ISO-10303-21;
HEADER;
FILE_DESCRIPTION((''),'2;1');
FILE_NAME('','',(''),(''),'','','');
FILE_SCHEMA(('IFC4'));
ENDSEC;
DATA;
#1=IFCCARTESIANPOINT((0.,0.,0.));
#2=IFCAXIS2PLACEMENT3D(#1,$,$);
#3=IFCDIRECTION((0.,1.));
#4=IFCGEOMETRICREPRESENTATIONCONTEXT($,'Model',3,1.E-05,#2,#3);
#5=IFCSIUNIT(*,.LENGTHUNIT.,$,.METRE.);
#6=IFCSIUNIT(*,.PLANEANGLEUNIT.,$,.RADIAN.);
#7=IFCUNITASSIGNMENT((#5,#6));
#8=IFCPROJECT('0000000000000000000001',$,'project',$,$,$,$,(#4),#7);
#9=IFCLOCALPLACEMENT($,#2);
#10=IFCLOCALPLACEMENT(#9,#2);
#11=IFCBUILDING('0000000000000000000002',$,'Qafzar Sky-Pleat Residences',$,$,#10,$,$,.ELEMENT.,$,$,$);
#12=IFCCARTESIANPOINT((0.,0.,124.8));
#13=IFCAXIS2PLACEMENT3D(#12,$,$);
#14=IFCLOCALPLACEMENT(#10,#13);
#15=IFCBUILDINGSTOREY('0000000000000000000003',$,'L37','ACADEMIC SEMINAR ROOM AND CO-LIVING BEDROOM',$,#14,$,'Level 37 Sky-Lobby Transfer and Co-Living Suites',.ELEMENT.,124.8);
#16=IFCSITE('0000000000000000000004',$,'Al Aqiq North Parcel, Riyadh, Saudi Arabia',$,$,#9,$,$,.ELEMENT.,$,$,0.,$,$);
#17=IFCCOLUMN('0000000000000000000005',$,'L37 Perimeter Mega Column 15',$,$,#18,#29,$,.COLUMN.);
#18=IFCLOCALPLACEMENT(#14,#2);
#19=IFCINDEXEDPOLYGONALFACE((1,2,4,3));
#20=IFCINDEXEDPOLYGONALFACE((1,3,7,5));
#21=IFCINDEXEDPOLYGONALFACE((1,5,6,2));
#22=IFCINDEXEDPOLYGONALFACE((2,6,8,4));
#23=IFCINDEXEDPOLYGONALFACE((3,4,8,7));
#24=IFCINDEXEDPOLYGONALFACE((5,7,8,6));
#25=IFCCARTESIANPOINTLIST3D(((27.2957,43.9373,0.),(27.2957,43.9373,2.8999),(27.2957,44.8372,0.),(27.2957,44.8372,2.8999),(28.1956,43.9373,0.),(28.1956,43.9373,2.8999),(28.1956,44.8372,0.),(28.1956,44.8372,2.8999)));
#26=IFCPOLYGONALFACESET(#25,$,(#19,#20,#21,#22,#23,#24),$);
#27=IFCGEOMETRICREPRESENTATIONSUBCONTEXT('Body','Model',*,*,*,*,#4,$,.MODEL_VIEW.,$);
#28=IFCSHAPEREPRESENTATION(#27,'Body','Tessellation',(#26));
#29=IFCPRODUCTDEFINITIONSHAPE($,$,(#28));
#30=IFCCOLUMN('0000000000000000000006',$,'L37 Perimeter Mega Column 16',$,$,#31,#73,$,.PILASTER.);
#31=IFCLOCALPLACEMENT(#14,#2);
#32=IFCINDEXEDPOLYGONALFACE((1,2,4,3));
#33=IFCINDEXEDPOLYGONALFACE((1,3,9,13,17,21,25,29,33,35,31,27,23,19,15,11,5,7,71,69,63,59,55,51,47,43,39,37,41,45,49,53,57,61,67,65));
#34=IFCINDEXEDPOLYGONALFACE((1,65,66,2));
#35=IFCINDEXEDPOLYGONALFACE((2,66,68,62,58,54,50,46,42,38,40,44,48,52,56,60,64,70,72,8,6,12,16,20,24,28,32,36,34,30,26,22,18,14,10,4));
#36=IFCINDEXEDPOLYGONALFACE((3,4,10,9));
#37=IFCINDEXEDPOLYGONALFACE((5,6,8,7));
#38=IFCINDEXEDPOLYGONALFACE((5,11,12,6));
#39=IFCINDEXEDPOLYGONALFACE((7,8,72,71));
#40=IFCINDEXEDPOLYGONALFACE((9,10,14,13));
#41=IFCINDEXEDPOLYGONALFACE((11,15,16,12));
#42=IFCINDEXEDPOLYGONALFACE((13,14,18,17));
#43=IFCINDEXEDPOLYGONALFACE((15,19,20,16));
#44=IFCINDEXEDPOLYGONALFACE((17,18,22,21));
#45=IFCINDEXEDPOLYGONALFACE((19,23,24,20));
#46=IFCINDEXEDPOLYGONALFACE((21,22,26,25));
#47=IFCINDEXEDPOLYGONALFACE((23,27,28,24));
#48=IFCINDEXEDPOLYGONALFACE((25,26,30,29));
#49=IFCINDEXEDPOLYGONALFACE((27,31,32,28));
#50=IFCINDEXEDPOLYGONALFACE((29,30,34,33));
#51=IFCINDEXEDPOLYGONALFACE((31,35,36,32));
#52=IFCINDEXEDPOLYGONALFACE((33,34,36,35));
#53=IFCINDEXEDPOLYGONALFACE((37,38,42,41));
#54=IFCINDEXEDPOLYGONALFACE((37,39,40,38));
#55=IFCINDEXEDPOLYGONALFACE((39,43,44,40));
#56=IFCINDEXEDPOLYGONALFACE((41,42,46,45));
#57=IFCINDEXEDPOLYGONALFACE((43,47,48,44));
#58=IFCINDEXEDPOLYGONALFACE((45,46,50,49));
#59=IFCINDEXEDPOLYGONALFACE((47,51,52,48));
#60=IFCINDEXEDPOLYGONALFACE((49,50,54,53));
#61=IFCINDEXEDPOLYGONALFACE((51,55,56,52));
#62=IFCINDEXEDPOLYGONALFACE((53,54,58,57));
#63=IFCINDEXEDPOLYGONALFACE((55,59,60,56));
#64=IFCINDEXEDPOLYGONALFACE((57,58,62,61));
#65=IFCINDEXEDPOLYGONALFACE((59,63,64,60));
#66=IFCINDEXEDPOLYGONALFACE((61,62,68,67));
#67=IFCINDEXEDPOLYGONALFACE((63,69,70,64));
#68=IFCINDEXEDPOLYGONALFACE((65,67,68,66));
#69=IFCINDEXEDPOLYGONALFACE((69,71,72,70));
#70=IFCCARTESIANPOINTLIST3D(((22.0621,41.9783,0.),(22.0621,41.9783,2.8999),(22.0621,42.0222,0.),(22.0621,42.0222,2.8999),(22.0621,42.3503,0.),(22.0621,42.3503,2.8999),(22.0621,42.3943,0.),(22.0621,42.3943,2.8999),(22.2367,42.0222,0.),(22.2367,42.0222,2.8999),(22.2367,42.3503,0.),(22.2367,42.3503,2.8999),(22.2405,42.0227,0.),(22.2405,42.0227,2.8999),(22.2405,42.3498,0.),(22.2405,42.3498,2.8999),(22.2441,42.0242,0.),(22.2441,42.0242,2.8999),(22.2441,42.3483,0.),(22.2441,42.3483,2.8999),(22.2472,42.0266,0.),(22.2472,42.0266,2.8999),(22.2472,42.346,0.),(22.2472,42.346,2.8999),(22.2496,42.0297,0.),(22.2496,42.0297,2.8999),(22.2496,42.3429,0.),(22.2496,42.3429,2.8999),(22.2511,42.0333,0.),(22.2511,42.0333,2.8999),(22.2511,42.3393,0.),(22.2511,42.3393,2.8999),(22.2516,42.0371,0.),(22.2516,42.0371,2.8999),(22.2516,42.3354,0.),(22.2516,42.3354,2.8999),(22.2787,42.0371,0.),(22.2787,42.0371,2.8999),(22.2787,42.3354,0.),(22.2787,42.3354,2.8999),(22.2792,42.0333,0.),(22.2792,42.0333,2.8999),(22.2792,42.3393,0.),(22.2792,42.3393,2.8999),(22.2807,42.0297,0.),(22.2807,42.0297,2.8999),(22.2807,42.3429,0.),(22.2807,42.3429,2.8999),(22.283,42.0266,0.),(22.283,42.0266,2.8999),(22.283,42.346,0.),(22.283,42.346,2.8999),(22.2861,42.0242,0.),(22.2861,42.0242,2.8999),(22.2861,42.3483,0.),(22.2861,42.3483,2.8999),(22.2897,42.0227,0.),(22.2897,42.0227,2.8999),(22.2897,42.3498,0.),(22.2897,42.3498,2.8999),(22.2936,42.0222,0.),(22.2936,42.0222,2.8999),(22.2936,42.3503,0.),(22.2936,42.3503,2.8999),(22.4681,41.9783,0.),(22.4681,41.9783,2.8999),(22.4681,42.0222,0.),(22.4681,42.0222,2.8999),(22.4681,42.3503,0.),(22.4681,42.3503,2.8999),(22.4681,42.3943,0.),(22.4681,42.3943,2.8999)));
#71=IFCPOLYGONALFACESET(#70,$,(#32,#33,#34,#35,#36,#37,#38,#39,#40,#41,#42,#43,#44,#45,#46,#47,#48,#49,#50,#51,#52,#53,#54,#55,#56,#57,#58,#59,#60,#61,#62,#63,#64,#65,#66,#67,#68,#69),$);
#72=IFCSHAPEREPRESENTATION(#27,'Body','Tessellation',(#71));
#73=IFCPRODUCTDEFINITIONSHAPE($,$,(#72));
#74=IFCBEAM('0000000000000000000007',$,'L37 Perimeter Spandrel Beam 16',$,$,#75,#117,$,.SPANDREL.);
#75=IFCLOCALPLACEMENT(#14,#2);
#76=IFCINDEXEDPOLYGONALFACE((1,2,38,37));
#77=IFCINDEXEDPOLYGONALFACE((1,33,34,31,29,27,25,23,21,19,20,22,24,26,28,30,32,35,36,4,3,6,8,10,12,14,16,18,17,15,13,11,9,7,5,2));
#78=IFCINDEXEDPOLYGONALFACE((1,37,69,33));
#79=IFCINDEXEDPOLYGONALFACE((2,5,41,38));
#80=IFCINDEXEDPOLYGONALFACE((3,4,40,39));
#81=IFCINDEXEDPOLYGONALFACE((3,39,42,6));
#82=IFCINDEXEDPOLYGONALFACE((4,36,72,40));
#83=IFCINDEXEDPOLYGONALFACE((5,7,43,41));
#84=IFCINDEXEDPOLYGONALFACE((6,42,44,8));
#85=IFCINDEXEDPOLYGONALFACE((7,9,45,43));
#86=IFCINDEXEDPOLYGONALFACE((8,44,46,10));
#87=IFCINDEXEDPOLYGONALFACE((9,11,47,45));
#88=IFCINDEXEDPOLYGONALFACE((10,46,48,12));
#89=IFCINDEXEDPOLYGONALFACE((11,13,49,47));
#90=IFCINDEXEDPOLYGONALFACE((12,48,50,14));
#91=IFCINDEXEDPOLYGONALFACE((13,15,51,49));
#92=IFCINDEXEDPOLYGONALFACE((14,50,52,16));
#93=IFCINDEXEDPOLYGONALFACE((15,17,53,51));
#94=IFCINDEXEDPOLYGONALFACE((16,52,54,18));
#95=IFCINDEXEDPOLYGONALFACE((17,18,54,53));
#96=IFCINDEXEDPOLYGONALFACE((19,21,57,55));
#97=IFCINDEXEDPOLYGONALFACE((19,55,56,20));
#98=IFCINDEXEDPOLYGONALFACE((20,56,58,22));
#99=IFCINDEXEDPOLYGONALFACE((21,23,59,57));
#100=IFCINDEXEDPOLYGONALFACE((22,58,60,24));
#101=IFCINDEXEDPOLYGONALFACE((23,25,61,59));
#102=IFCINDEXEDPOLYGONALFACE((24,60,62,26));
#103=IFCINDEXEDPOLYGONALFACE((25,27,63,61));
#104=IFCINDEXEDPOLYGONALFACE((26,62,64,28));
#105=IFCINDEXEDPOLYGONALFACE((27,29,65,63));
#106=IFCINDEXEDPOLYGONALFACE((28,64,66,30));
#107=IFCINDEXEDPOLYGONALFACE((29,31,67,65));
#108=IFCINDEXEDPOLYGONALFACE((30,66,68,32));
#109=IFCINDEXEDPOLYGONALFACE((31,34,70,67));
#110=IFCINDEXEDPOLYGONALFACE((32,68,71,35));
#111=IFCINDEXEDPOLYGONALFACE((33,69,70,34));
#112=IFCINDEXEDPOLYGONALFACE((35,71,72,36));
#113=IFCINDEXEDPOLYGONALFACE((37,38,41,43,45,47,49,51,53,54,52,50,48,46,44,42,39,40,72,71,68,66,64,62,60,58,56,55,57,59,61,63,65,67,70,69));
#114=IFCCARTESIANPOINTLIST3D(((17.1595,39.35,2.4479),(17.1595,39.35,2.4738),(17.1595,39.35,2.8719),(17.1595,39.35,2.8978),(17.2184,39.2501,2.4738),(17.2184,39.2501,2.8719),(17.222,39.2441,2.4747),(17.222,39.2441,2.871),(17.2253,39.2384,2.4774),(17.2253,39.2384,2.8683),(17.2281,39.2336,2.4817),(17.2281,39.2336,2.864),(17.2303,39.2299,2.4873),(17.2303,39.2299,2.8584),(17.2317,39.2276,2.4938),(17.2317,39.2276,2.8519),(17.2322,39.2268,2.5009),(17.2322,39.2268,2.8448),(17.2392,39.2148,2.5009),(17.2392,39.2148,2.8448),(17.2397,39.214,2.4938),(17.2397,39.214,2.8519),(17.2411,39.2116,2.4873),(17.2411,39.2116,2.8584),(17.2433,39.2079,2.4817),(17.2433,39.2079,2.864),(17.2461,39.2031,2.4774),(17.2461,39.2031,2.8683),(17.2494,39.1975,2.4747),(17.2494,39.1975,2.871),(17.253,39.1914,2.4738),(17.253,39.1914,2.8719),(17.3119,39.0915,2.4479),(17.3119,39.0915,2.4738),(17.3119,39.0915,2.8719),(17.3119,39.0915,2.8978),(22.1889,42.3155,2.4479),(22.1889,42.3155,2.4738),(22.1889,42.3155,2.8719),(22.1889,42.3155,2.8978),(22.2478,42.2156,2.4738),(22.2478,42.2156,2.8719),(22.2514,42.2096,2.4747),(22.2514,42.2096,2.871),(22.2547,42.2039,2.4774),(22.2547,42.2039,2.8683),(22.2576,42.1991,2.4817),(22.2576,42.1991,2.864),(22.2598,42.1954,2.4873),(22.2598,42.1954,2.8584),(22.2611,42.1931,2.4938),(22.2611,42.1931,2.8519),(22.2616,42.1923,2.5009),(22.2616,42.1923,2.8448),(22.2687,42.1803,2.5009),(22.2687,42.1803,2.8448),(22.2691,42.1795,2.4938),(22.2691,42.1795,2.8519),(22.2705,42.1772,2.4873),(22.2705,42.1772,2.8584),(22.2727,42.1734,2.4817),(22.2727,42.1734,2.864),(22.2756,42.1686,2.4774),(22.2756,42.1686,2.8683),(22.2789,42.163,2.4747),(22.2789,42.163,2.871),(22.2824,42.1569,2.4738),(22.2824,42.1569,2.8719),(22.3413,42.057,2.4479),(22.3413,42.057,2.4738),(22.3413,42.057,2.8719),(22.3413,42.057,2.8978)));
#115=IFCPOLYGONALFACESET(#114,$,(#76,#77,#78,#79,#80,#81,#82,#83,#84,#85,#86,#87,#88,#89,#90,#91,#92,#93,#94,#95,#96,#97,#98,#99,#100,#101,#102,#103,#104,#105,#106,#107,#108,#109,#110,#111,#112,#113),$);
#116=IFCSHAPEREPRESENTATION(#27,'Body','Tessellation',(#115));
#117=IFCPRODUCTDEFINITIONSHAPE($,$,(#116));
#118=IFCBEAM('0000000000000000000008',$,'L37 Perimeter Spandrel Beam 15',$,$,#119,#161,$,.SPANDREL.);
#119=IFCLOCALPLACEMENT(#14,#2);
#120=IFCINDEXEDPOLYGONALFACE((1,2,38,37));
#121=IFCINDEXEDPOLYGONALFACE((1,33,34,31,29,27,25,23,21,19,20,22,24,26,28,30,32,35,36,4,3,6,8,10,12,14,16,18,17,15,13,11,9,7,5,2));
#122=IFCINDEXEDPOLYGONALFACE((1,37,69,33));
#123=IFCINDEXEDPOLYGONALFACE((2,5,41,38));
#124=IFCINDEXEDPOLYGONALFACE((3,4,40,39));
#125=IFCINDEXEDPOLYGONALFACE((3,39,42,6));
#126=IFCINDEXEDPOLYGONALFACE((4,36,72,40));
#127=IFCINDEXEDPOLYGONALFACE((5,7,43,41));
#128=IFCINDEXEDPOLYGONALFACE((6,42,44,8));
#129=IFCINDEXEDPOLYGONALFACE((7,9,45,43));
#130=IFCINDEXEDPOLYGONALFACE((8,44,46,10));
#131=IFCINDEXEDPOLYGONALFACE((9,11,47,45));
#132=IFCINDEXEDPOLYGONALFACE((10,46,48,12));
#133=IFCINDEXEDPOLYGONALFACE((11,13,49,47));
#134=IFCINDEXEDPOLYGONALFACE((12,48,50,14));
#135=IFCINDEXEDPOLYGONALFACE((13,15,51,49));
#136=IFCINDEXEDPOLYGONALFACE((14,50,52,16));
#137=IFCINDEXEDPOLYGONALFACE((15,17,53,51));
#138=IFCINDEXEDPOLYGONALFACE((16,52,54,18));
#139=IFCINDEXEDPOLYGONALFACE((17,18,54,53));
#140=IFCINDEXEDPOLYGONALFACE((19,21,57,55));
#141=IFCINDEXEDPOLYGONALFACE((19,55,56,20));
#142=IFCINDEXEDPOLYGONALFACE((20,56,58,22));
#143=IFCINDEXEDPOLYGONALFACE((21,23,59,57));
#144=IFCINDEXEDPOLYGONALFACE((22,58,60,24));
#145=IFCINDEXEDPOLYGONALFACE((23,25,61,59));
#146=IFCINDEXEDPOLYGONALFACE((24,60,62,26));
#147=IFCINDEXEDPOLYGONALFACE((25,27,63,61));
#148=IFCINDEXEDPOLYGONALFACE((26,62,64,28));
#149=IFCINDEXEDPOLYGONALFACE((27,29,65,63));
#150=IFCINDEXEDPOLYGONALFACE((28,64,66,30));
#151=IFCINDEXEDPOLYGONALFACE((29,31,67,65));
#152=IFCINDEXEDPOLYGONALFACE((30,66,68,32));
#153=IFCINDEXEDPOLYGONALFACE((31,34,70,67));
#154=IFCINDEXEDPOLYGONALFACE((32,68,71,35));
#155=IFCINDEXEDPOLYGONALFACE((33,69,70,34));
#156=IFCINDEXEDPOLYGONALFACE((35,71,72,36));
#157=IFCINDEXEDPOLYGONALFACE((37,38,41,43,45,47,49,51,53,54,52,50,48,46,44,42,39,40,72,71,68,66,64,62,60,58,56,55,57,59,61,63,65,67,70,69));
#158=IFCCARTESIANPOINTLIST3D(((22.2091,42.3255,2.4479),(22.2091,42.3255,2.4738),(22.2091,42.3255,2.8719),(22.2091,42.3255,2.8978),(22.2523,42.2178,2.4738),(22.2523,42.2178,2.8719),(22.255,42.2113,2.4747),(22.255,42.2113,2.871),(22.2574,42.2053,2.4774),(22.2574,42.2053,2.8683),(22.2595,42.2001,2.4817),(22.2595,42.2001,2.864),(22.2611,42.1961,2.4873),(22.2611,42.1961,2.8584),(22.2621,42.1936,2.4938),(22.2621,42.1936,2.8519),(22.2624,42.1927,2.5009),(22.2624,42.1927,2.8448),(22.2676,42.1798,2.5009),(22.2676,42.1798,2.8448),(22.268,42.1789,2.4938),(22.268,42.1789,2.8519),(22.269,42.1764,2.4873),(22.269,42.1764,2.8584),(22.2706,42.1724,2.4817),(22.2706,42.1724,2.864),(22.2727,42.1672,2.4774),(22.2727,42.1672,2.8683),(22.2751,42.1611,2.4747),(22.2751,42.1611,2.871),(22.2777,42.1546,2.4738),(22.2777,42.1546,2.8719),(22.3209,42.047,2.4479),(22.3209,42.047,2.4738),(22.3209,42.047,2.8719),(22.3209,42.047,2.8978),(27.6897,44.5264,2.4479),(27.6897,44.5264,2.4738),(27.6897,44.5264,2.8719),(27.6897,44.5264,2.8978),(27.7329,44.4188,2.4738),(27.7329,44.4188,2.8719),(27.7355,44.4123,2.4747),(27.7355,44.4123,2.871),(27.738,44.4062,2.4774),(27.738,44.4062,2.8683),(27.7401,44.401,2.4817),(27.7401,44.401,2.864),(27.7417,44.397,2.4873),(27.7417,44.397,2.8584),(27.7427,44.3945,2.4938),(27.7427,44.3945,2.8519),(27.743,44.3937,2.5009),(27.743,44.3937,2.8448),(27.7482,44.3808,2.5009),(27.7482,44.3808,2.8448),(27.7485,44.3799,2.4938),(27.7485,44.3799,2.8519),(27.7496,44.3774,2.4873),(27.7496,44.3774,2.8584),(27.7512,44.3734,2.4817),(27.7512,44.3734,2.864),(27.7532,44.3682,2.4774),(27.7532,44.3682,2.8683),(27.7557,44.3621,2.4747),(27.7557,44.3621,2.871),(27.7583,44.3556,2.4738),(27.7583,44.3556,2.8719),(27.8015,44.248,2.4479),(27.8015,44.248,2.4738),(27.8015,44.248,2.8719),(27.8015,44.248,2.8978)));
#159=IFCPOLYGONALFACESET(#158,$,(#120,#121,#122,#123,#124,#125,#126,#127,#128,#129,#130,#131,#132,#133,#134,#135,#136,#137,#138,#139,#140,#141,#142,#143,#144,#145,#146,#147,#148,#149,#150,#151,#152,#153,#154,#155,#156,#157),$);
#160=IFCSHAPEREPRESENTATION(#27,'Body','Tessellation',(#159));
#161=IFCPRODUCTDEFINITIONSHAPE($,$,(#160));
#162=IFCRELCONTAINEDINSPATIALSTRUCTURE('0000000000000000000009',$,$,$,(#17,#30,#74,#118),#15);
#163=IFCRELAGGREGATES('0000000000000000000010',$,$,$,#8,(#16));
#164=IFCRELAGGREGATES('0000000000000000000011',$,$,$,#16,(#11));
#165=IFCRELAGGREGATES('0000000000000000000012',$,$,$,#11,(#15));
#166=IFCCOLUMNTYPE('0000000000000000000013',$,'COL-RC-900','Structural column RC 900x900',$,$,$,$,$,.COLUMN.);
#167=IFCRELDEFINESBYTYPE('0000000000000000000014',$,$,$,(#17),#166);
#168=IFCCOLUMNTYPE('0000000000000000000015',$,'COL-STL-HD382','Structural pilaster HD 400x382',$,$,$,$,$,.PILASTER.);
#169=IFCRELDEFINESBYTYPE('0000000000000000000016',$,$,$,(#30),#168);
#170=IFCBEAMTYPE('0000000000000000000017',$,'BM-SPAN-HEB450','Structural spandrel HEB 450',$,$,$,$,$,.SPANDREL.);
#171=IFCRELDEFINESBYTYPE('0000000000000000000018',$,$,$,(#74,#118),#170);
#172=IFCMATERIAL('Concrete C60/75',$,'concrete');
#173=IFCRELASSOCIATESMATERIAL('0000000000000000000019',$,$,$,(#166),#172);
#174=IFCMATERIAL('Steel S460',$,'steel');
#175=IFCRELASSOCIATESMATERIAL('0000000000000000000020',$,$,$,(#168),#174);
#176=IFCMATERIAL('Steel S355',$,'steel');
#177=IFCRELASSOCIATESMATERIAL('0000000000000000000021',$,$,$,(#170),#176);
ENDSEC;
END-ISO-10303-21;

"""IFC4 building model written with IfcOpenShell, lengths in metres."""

from ifc_helpers import new_model, si_unit, direction, frame, origin, origin_2d, place, context, subcontext, project, spatial, rectangle, i_section, extrude, source, transform, mapped, material, material_profile, profile_set, type_object, element, save


model = new_model("IFC4")

# Units and contexts
model_context = context("Model", 3, precision=1e-05, world=origin(), true_north=direction((0.0, 1.0)))
body_context = subcontext(model_context, "Body", "Model", "MODEL_VIEW")
ifc_project = project(units=[si_unit("LENGTHUNIT", "METRE"), si_unit("PLANEANGLEUNIT", "RADIAN")], contexts=[model_context])

# Site, building, storey
site_placement = place(None, origin())
site = spatial("IfcSite", under=ifc_project, at=site_placement, Name="Al Aqiq North Parcel, Riyadh, Saudi Arabia", CompositionType="ELEMENT", RefElevation=0.0)
building_placement = place(site_placement, origin())
building = spatial("IfcBuilding", under=site, at=building_placement, Name="Qafzar Sky-Pleat Residences", CompositionType="ELEMENT")
storey_placement = place(building_placement, frame((0.0, 0.0, 124.8)))
storey = spatial("IfcBuildingStorey", under=building, at=storey_placement, Name="L37", Description="ACADEMIC SEMINAR ROOM AND CO-LIVING BEDROOM", LongName="Level 37 Sky-Lobby Transfer and Co-Living Suites", CompositionType="ELEMENT", Elevation=124.8)

# Columns
ifc_material_1 = material(Name="Concrete C60/75", Category="concrete")
ifc_material_profile_1 = material_profile(ifc_material_1, rectangle(XDim=0.8999, YDim=0.8999, at=origin_2d()), Name="RC 900x900")
ifc_profile_set_1 = profile_set([ifc_material_profile_1], Name="Concrete C60/75")
column_type_1 = type_object("IfcColumnType", Name="COL-RC-900", Description="Structural column RC 900x900", PredefinedType="COLUMN", material=ifc_profile_set_1)
shared_shape_1 = source(origin(), body_context, "Body", "SweptSolid", [
    extrude(rectangle(XDim=0.8999, YDim=0.8999, at=origin_2d()), origin(), (0.0, 0.0, 1.0), 2.8999),
])
column_1_placement = place(storey_placement, frame((27.7456, 44.3872, 0.0), z_axis=(0.0, 0.0, 1.0), x_axis=(1.0, 0.0, 0.0)))
element("IfcColumn", 1, at=column_1_placement, inside=storey, type_object=column_type_1, Name="L37 Perimeter Mega Column 15", PredefinedType="COLUMN", context=body_context, shape_type="MappedRepresentation", body=[
    mapped(shared_shape_1, transform((0.0, 0.0, 0.0), x_axis=(1.0, 0.0, 0.0), y_axis=(0.0, 1.0, 0.0), z_axis=(0.0, 0.0, 1.0), scale=1.0)),
])
ifc_material_2 = material(Name="Steel S460", Category="steel")
ifc_material_profile_2 = material_profile(ifc_material_2, i_section(OverallWidth=0.406, OverallDepth=0.416, WebThickness=0.0271, FlangeThickness=0.0439, FilletRadius=0.0149, at=origin_2d()), Name="HD 400x382")
ifc_profile_set_2 = profile_set([ifc_material_profile_2], Name="Steel S460")
column_type_2 = type_object("IfcColumnType", Name="COL-STL-HD382", Description="Structural pilaster HD 400x382", PredefinedType="PILASTER", material=ifc_profile_set_2)
shared_shape_2 = source(origin(), body_context, "Body", "SweptSolid", [
    extrude(i_section(OverallWidth=0.406, OverallDepth=0.416, WebThickness=0.0271, FlangeThickness=0.0439, FilletRadius=0.0149, at=origin_2d()), origin(), (0.0, 0.0, 1.0), 2.8999),
])
column_2_placement = place(storey_placement, frame((22.2651, 42.1863, 0.0), z_axis=(0.0, 0.0, 1.0), x_axis=(1.0, 0.0, 0.0)))
element("IfcColumn", 2, at=column_2_placement, inside=storey, type_object=column_type_2, Name="L37 Perimeter Mega Column 16", PredefinedType="PILASTER", context=body_context, shape_type="MappedRepresentation", body=[
    mapped(shared_shape_2, transform((0.0, 0.0, 0.0), x_axis=(1.0, 0.0, 0.0), y_axis=(0.0, 1.0, 0.0), z_axis=(0.0, 0.0, 1.0), scale=1.0)),
])

# Beams
ifc_material_3 = material(Name="Steel S355", Category="steel")
ifc_material_profile_3 = material_profile(ifc_material_3, i_section(OverallWidth=0.3, OverallDepth=0.45, WebThickness=0.0139, FlangeThickness=0.0259, FilletRadius=0.0271, at=origin_2d()), Name="HEB 450")
ifc_profile_set_3 = profile_set([ifc_material_profile_3], Name="Steel S355")
beam_type_1 = type_object("IfcBeamType", Name="BM-SPAN-HEB450", Description="Structural spandrel HEB 450", PredefinedType="SPANDREL", material=ifc_profile_set_3)
shared_shape_3 = source(origin(), body_context, "Body", "SweptSolid", [
    extrude(i_section(OverallWidth=0.3, OverallDepth=0.45, WebThickness=0.0139, FlangeThickness=0.0259, FilletRadius=0.0271, at=origin_2d()), origin(), (0.0, 0.0, 1.0), 5.8386),
])
beam_1_placement = place(storey_placement, frame((22.2651, 42.1863, 2.6729), z_axis=(-0.861408, -0.507913, 0.0), x_axis=(0.507913, -0.861408, 0.0)))
element("IfcBeam", 3, at=beam_1_placement, inside=storey, type_object=beam_type_1, Name="L37 Perimeter Spandrel Beam 16", PredefinedType="SPANDREL", context=body_context, shape_type="MappedRepresentation", body=[
    mapped(shared_shape_3, transform((0.0, 0.0, 0.0), x_axis=(1.0, 0.0, 0.0), y_axis=(0.0, 1.0, 0.0), z_axis=(0.0, 0.0, 1.0), scale=1.0)),
])
shared_shape_4 = source(origin(), body_context, "Body", "SweptSolid", [
    extrude(i_section(OverallWidth=0.3, OverallDepth=0.45, WebThickness=0.0139, FlangeThickness=0.0259, FilletRadius=0.0271, at=origin_2d()), origin(), (0.0, 0.0, 1.0), 5.906),
])
beam_2_placement = place(storey_placement, frame((27.7456, 44.3872, 2.6729), z_axis=(-0.927965, -0.372666, 0.0), x_axis=(0.372666, -0.927965, 0.0)))
element("IfcBeam", 4, at=beam_2_placement, inside=storey, type_object=beam_type_1, Name="L37 Perimeter Spandrel Beam 15", PredefinedType="SPANDREL", context=body_context, shape_type="MappedRepresentation", body=[
    mapped(shared_shape_4, transform((0.0, 0.0, 0.0), x_axis=(1.0, 0.0, 0.0), y_axis=(0.0, 1.0, 0.0), z_axis=(0.0, 0.0, 1.0), scale=1.0)),
])

save(model, "model.ifc")
